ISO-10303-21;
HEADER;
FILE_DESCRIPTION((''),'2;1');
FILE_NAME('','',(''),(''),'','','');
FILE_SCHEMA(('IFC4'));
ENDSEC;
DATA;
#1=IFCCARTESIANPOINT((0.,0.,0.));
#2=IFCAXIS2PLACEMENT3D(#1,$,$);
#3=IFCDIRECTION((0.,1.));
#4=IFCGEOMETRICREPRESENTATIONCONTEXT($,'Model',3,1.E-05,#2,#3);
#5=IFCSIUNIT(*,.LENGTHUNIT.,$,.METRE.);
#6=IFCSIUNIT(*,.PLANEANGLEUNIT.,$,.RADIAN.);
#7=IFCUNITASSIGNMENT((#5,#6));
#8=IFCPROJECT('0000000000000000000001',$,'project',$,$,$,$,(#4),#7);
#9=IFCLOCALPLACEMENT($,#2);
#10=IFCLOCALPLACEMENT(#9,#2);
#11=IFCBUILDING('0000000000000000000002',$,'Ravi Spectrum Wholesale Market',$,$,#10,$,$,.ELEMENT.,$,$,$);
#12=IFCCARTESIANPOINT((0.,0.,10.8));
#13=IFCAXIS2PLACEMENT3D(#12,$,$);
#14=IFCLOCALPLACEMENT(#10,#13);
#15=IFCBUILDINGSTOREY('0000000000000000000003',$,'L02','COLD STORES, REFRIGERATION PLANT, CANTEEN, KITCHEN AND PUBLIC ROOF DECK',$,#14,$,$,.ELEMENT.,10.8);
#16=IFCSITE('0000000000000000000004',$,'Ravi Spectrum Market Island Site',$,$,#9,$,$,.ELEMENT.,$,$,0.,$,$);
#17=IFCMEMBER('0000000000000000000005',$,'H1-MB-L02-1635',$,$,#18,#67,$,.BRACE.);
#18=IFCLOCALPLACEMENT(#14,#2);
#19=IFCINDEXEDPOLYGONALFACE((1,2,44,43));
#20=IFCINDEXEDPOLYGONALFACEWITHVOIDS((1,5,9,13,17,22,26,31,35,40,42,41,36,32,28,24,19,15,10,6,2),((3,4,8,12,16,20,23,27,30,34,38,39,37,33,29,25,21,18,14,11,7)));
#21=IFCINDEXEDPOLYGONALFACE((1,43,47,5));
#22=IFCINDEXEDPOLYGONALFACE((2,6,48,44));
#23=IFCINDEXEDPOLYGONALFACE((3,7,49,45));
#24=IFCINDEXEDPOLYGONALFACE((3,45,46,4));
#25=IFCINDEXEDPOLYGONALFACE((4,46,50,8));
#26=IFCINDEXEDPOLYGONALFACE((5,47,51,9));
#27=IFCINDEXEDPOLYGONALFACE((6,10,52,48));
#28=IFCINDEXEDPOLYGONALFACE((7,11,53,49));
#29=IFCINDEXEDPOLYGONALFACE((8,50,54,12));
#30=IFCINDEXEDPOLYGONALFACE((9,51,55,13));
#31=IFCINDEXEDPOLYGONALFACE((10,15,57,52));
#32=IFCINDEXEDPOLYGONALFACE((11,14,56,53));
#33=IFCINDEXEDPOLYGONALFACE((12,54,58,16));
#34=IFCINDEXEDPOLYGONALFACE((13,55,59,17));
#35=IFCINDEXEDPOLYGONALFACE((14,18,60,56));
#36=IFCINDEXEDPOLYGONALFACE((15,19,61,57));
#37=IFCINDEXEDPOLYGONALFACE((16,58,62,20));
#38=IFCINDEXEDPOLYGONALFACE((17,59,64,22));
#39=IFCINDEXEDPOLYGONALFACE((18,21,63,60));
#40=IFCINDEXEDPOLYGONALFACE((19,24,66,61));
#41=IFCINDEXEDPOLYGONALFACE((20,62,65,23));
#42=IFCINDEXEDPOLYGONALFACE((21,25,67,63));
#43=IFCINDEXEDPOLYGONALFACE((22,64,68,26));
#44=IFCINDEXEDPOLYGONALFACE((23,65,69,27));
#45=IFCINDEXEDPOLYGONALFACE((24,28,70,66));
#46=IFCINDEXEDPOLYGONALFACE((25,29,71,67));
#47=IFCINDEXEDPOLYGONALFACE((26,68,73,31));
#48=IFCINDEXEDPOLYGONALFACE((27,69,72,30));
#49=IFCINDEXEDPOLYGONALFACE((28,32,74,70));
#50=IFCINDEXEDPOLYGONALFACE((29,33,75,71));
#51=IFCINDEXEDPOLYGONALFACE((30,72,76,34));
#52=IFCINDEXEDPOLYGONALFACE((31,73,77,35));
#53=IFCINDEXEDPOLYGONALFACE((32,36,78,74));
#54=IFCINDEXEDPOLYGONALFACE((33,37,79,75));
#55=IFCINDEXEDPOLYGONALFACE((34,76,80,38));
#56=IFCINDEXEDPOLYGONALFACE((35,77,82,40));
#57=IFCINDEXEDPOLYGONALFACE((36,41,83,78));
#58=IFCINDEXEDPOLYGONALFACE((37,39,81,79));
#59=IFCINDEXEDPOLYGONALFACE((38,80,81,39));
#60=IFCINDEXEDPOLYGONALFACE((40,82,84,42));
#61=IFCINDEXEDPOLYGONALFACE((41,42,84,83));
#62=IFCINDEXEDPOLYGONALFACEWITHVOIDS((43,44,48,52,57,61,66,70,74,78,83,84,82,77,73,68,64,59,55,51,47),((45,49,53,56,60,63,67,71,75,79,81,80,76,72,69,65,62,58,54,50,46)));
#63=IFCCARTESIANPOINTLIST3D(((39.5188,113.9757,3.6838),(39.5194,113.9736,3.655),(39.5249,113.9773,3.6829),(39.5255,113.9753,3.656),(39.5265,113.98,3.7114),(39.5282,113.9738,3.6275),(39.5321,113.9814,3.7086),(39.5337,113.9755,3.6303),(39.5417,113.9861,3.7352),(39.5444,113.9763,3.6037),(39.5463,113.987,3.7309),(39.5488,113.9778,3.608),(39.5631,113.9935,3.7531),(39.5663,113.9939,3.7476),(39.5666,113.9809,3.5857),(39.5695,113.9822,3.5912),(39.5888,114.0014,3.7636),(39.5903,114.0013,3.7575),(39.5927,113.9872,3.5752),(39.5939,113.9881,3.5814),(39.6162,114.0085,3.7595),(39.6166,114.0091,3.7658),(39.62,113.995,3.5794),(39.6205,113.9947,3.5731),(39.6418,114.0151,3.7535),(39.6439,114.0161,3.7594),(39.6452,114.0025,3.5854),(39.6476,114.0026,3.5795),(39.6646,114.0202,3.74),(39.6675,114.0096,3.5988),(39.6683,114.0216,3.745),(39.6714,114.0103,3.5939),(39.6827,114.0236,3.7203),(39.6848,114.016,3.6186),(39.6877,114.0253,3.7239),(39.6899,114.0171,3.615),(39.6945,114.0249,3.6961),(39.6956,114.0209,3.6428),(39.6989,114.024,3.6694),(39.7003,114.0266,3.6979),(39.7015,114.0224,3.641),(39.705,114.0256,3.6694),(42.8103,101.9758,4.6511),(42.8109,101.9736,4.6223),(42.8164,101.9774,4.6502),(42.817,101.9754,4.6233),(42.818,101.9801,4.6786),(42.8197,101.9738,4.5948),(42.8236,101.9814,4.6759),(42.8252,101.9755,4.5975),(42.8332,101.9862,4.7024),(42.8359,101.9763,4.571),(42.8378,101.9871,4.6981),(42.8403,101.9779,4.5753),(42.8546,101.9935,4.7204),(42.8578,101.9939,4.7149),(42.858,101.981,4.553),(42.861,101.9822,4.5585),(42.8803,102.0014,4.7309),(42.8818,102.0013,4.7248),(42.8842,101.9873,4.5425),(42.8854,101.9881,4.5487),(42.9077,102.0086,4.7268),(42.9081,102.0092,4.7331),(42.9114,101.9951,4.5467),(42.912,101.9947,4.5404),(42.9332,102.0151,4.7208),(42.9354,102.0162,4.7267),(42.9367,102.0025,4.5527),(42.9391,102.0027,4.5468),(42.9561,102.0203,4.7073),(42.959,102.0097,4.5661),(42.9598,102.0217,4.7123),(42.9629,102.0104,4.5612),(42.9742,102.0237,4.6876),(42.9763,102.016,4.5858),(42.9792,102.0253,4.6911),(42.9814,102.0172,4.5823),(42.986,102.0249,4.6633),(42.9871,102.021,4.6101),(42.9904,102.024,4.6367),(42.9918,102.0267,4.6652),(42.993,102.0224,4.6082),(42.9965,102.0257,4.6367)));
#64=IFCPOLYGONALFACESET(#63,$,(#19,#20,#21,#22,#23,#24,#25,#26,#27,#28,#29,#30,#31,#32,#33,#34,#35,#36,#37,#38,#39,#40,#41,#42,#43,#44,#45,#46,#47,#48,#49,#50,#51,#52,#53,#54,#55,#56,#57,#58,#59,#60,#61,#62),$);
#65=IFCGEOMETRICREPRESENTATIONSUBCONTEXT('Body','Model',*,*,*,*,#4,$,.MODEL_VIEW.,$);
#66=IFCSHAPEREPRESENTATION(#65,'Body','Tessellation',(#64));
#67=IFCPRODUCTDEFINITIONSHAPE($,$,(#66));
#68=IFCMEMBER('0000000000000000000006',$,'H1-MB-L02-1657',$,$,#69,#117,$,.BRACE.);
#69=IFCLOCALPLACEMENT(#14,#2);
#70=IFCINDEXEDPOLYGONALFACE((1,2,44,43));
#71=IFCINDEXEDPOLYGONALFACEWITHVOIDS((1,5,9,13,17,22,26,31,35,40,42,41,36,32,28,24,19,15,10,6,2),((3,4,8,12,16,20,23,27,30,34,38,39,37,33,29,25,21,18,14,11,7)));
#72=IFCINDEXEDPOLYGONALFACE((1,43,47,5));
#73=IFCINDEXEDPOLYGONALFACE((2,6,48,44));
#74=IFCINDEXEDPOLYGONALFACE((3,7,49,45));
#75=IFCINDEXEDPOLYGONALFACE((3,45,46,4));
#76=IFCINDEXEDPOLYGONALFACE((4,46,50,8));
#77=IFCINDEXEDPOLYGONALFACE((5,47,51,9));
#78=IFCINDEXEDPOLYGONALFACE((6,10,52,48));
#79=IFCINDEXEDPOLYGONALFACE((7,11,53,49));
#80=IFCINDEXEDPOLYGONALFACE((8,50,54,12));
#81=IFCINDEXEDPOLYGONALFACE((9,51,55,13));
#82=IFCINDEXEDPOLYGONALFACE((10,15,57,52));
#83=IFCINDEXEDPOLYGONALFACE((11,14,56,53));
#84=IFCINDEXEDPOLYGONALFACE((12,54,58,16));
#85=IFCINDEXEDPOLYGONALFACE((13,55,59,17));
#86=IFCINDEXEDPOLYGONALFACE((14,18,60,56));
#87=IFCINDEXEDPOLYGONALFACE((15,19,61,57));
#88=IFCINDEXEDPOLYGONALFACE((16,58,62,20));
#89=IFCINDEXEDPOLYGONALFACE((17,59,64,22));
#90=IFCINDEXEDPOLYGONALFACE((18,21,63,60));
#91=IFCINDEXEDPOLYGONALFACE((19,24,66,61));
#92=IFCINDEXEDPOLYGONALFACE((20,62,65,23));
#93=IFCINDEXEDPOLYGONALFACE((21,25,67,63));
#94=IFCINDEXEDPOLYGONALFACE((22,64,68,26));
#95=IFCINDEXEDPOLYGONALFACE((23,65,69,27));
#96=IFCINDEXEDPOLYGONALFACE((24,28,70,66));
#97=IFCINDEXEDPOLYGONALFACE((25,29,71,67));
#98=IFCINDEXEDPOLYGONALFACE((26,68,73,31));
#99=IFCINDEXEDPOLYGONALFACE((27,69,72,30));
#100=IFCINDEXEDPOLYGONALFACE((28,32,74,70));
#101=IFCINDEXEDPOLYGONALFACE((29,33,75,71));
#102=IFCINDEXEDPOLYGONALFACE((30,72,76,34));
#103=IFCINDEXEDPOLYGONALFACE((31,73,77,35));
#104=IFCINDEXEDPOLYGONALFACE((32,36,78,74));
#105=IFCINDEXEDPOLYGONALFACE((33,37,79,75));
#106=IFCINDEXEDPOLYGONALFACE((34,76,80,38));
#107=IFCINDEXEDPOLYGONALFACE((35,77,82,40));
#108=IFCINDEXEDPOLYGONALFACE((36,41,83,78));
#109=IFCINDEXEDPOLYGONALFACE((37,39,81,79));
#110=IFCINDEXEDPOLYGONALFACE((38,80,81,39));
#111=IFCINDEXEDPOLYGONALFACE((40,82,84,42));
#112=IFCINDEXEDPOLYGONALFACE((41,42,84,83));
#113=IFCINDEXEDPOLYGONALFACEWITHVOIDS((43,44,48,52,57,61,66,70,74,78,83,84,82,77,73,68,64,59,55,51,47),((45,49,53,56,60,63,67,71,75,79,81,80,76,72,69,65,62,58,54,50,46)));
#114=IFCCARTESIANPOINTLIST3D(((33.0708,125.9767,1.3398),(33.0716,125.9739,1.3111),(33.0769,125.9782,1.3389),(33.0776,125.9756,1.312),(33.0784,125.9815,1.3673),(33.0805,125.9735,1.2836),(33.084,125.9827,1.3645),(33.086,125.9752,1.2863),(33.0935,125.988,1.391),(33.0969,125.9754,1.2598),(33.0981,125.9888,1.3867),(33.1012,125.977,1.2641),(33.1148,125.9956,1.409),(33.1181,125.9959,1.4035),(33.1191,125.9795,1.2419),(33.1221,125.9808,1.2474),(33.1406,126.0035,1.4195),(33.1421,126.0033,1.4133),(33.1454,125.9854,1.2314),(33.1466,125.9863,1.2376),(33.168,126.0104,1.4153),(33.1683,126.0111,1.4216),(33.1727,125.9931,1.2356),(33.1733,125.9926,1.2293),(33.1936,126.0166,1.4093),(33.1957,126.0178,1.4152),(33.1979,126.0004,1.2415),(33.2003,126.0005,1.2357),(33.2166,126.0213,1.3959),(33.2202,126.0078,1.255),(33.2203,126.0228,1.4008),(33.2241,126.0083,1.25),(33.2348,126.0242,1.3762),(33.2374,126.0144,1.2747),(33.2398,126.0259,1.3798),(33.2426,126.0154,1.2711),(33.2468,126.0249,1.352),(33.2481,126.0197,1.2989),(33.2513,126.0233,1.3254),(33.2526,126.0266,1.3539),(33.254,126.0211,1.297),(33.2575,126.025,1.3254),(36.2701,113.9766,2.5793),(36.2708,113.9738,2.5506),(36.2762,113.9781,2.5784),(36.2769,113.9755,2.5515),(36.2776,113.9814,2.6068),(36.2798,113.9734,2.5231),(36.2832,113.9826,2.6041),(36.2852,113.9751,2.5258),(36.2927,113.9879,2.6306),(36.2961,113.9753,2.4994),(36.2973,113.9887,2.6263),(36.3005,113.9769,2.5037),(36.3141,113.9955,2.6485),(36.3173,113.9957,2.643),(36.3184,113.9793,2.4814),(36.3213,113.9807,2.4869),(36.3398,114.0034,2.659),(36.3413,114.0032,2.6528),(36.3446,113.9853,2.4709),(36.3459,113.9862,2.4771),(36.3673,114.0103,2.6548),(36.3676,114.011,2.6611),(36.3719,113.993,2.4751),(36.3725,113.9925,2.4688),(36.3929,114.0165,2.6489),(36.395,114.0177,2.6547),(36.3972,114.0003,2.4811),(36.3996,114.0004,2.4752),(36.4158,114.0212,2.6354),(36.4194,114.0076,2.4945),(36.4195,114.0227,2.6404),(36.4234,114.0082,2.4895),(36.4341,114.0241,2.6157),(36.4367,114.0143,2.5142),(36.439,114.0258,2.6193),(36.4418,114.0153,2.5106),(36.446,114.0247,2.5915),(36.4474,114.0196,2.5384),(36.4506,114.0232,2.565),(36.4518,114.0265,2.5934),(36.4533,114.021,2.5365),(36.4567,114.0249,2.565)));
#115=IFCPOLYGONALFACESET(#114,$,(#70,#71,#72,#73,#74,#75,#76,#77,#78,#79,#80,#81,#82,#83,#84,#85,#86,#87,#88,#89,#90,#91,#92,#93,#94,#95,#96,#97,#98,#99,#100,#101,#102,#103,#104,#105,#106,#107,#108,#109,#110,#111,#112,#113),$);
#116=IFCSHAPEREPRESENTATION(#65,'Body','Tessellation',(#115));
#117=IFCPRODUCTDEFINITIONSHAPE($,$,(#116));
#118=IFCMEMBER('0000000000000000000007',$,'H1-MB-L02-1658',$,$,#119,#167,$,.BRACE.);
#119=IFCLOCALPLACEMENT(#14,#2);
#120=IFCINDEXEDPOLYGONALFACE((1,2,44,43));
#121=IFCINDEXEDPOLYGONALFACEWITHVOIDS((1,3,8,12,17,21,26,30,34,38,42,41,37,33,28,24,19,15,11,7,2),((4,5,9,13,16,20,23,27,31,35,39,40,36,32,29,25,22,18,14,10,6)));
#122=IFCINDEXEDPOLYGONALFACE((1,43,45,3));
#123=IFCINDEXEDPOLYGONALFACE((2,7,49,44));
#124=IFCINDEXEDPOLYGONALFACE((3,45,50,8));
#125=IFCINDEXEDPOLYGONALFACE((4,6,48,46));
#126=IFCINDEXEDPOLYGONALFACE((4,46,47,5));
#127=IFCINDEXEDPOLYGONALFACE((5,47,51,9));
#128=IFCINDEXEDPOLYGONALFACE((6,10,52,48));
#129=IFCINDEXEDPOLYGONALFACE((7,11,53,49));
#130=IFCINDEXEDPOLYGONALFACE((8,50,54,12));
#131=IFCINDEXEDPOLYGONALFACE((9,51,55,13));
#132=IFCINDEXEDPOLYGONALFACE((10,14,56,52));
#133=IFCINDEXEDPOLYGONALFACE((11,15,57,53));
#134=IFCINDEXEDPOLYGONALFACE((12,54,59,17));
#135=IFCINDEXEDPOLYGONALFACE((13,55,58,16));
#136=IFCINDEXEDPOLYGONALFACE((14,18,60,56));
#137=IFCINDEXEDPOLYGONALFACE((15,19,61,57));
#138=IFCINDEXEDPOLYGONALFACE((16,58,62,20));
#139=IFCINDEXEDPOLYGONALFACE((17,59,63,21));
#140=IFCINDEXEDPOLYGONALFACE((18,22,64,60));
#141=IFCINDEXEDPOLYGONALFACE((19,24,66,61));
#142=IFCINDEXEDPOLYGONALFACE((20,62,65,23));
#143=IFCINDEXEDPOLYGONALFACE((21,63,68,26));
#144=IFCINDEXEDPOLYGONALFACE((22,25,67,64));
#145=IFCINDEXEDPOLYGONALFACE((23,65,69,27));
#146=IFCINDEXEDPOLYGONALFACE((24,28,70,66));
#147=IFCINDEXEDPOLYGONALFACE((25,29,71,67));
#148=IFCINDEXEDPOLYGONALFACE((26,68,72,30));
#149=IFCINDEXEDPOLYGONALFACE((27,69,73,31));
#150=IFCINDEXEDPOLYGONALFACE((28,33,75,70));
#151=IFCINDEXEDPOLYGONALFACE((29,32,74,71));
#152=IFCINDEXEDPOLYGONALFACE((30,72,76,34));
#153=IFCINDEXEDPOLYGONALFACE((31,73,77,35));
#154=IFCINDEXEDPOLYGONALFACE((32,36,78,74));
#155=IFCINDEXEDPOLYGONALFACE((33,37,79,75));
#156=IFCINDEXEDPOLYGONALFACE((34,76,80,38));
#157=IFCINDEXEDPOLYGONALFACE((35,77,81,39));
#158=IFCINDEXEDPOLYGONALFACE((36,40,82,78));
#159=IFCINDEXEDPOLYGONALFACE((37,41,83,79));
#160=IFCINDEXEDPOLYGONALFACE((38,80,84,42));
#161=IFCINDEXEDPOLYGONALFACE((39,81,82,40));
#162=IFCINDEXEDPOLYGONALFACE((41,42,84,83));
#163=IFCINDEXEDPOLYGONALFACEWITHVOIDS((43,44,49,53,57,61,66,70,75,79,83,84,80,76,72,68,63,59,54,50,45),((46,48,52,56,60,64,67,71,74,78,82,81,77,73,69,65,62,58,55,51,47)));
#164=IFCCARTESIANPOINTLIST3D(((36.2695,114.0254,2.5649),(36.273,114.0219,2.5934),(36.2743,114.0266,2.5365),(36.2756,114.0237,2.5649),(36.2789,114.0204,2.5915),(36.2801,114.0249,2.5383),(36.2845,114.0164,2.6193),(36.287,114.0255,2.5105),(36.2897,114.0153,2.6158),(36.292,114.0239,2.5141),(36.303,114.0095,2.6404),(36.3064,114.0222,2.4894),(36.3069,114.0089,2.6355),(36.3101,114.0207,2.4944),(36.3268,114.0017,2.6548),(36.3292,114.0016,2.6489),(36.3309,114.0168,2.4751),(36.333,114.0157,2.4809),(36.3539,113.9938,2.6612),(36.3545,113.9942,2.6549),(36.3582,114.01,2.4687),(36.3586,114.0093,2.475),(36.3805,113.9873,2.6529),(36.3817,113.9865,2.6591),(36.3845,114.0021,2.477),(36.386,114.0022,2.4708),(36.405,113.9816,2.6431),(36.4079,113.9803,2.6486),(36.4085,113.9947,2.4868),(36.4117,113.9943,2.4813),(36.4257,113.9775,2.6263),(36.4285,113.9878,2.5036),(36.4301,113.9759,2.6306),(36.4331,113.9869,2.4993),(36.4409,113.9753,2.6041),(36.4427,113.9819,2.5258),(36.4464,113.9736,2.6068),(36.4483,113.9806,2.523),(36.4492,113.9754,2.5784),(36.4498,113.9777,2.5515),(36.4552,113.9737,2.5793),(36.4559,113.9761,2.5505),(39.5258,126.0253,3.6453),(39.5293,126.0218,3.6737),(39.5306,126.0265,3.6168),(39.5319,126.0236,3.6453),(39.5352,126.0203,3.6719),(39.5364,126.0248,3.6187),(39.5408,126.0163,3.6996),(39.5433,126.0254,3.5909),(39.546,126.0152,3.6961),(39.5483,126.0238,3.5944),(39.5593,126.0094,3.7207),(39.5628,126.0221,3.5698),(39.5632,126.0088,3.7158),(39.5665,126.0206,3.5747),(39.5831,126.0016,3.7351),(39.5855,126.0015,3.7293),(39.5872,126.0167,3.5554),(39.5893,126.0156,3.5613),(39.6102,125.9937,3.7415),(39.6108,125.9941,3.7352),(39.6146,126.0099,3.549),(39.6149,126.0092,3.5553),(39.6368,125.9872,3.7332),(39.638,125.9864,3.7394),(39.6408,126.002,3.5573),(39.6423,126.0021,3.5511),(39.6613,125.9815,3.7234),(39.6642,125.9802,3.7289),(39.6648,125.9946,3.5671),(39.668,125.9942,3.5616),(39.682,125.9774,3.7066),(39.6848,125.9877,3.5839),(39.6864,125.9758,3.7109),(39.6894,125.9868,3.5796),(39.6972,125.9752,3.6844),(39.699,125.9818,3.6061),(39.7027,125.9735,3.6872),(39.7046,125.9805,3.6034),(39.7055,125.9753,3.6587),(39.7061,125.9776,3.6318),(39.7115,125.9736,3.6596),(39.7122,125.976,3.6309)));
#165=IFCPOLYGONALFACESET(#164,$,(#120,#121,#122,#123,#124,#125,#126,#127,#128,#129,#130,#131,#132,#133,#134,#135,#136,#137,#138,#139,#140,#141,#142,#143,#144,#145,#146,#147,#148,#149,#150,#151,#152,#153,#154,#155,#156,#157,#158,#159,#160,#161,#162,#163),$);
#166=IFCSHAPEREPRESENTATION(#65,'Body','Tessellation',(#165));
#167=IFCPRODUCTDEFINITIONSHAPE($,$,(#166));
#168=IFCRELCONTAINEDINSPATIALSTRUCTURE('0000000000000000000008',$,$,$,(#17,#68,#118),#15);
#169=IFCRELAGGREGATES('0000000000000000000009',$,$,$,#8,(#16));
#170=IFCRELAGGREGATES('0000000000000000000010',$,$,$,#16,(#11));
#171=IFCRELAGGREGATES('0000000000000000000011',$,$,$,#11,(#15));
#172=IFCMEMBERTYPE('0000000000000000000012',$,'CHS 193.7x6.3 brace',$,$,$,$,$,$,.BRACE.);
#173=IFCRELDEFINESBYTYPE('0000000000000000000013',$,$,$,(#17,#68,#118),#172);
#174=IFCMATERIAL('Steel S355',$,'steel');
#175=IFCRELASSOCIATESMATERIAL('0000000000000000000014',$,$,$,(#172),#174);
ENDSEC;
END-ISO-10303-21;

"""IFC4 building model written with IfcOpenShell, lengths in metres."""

from ifc_helpers import new_model, si_unit, direction, frame, origin, origin_2d, place, context, subcontext, project, spatial, hollow_circle, extrude, material, material_profile, profile_set, type_object, element, save


model = new_model("IFC4")

# Units and contexts
model_context = context("Model", 3, precision=1e-05, world=origin(), true_north=direction((0.0, 1.0)))
body_context = subcontext(model_context, "Body", "Model", "MODEL_VIEW")
ifc_project = project(units=[si_unit("LENGTHUNIT", "METRE"), si_unit("PLANEANGLEUNIT", "RADIAN")], contexts=[model_context])

# Site, building, storey
site_placement = place(None, origin())
site = spatial("IfcSite", under=ifc_project, at=site_placement, Name="Ravi Spectrum Market Island Site", CompositionType="ELEMENT", RefElevation=0.0)
building_placement = place(site_placement, origin())
building = spatial("IfcBuilding", under=site, at=building_placement, Name="Ravi Spectrum Wholesale Market", CompositionType="ELEMENT")
storey_placement = place(building_placement, frame((0.0, 0.0, 10.8)))
storey = spatial("IfcBuildingStorey", under=building, at=storey_placement, Name="L02", Description="COLD STORES, REFRIGERATION PLANT, CANTEEN, KITCHEN AND PUBLIC ROOF DECK", CompositionType="ELEMENT", Elevation=10.8)

# Members
ifc_material_1 = material(Name="Steel S355", Category="steel")
ifc_material_profile_1 = material_profile(ifc_material_1, hollow_circle(Radius=0.0969, WallThickness=0.0063, at=origin_2d()))
ifc_profile_set_1 = profile_set([ifc_material_profile_1], Name="Steel S355")
member_type_1 = type_object("IfcMemberType", Name="CHS 193.7x6.3 brace", PredefinedType="BRACE", material=ifc_profile_set_1)
for number, where, z_axis, x_axis, name in (
    (1, (39.6116, 114.0, 3.6694), (0.263726, -0.961479, 0.077502), (0.96438, 0.264522, 0.0), "H1-MB-L02-1635"),
):
    element("IfcMember", number, at=place(storey_placement, frame(where, z_axis=z_axis, x_axis=x_axis)), inside=storey, type_object=member_type_1, Name=name, PredefinedType="BRACE", context=body_context, shape_type="SweptSolid", body=[
        extrude(hollow_circle(Radius=0.0969, WallThickness=0.0063, at=origin_2d()), origin(), (0.0, 0.0, 1.0), 12.4807),
    ])
member_1_placement = place(storey_placement, frame((33.1638, 126.0, 1.3254), z_axis=(0.25633, -0.961474, 0.099312), x_axis=(0.966251, 0.257604, 0.0)))
element("IfcMember", 2, at=member_1_placement, inside=storey, type_object=member_type_1, Name="H1-MB-L02-1657", PredefinedType="BRACE", context=body_context, shape_type="SweptSolid", body=[
    extrude(hollow_circle(Radius=0.0969, WallThickness=0.0063, at=origin_2d()), origin(), (0.0, 0.0, 1.0), 12.481),
])
member_2_placement = place(storey_placement, frame((36.363, 114.0, 2.5649), z_axis=(0.260908, 0.961475, 0.086559), x_axis=(-0.965097, 0.261891, 0.0)))
element("IfcMember", 3, at=member_2_placement, inside=storey, type_object=member_type_1, Name="H1-MB-L02-1658", PredefinedType="BRACE", context=body_context, shape_type="SweptSolid", body=[
    extrude(hollow_circle(Radius=0.0969, WallThickness=0.0063, at=origin_2d()), origin(), (0.0, 0.0, 1.0), 12.4807),
])

save(model, "model.ifc")
